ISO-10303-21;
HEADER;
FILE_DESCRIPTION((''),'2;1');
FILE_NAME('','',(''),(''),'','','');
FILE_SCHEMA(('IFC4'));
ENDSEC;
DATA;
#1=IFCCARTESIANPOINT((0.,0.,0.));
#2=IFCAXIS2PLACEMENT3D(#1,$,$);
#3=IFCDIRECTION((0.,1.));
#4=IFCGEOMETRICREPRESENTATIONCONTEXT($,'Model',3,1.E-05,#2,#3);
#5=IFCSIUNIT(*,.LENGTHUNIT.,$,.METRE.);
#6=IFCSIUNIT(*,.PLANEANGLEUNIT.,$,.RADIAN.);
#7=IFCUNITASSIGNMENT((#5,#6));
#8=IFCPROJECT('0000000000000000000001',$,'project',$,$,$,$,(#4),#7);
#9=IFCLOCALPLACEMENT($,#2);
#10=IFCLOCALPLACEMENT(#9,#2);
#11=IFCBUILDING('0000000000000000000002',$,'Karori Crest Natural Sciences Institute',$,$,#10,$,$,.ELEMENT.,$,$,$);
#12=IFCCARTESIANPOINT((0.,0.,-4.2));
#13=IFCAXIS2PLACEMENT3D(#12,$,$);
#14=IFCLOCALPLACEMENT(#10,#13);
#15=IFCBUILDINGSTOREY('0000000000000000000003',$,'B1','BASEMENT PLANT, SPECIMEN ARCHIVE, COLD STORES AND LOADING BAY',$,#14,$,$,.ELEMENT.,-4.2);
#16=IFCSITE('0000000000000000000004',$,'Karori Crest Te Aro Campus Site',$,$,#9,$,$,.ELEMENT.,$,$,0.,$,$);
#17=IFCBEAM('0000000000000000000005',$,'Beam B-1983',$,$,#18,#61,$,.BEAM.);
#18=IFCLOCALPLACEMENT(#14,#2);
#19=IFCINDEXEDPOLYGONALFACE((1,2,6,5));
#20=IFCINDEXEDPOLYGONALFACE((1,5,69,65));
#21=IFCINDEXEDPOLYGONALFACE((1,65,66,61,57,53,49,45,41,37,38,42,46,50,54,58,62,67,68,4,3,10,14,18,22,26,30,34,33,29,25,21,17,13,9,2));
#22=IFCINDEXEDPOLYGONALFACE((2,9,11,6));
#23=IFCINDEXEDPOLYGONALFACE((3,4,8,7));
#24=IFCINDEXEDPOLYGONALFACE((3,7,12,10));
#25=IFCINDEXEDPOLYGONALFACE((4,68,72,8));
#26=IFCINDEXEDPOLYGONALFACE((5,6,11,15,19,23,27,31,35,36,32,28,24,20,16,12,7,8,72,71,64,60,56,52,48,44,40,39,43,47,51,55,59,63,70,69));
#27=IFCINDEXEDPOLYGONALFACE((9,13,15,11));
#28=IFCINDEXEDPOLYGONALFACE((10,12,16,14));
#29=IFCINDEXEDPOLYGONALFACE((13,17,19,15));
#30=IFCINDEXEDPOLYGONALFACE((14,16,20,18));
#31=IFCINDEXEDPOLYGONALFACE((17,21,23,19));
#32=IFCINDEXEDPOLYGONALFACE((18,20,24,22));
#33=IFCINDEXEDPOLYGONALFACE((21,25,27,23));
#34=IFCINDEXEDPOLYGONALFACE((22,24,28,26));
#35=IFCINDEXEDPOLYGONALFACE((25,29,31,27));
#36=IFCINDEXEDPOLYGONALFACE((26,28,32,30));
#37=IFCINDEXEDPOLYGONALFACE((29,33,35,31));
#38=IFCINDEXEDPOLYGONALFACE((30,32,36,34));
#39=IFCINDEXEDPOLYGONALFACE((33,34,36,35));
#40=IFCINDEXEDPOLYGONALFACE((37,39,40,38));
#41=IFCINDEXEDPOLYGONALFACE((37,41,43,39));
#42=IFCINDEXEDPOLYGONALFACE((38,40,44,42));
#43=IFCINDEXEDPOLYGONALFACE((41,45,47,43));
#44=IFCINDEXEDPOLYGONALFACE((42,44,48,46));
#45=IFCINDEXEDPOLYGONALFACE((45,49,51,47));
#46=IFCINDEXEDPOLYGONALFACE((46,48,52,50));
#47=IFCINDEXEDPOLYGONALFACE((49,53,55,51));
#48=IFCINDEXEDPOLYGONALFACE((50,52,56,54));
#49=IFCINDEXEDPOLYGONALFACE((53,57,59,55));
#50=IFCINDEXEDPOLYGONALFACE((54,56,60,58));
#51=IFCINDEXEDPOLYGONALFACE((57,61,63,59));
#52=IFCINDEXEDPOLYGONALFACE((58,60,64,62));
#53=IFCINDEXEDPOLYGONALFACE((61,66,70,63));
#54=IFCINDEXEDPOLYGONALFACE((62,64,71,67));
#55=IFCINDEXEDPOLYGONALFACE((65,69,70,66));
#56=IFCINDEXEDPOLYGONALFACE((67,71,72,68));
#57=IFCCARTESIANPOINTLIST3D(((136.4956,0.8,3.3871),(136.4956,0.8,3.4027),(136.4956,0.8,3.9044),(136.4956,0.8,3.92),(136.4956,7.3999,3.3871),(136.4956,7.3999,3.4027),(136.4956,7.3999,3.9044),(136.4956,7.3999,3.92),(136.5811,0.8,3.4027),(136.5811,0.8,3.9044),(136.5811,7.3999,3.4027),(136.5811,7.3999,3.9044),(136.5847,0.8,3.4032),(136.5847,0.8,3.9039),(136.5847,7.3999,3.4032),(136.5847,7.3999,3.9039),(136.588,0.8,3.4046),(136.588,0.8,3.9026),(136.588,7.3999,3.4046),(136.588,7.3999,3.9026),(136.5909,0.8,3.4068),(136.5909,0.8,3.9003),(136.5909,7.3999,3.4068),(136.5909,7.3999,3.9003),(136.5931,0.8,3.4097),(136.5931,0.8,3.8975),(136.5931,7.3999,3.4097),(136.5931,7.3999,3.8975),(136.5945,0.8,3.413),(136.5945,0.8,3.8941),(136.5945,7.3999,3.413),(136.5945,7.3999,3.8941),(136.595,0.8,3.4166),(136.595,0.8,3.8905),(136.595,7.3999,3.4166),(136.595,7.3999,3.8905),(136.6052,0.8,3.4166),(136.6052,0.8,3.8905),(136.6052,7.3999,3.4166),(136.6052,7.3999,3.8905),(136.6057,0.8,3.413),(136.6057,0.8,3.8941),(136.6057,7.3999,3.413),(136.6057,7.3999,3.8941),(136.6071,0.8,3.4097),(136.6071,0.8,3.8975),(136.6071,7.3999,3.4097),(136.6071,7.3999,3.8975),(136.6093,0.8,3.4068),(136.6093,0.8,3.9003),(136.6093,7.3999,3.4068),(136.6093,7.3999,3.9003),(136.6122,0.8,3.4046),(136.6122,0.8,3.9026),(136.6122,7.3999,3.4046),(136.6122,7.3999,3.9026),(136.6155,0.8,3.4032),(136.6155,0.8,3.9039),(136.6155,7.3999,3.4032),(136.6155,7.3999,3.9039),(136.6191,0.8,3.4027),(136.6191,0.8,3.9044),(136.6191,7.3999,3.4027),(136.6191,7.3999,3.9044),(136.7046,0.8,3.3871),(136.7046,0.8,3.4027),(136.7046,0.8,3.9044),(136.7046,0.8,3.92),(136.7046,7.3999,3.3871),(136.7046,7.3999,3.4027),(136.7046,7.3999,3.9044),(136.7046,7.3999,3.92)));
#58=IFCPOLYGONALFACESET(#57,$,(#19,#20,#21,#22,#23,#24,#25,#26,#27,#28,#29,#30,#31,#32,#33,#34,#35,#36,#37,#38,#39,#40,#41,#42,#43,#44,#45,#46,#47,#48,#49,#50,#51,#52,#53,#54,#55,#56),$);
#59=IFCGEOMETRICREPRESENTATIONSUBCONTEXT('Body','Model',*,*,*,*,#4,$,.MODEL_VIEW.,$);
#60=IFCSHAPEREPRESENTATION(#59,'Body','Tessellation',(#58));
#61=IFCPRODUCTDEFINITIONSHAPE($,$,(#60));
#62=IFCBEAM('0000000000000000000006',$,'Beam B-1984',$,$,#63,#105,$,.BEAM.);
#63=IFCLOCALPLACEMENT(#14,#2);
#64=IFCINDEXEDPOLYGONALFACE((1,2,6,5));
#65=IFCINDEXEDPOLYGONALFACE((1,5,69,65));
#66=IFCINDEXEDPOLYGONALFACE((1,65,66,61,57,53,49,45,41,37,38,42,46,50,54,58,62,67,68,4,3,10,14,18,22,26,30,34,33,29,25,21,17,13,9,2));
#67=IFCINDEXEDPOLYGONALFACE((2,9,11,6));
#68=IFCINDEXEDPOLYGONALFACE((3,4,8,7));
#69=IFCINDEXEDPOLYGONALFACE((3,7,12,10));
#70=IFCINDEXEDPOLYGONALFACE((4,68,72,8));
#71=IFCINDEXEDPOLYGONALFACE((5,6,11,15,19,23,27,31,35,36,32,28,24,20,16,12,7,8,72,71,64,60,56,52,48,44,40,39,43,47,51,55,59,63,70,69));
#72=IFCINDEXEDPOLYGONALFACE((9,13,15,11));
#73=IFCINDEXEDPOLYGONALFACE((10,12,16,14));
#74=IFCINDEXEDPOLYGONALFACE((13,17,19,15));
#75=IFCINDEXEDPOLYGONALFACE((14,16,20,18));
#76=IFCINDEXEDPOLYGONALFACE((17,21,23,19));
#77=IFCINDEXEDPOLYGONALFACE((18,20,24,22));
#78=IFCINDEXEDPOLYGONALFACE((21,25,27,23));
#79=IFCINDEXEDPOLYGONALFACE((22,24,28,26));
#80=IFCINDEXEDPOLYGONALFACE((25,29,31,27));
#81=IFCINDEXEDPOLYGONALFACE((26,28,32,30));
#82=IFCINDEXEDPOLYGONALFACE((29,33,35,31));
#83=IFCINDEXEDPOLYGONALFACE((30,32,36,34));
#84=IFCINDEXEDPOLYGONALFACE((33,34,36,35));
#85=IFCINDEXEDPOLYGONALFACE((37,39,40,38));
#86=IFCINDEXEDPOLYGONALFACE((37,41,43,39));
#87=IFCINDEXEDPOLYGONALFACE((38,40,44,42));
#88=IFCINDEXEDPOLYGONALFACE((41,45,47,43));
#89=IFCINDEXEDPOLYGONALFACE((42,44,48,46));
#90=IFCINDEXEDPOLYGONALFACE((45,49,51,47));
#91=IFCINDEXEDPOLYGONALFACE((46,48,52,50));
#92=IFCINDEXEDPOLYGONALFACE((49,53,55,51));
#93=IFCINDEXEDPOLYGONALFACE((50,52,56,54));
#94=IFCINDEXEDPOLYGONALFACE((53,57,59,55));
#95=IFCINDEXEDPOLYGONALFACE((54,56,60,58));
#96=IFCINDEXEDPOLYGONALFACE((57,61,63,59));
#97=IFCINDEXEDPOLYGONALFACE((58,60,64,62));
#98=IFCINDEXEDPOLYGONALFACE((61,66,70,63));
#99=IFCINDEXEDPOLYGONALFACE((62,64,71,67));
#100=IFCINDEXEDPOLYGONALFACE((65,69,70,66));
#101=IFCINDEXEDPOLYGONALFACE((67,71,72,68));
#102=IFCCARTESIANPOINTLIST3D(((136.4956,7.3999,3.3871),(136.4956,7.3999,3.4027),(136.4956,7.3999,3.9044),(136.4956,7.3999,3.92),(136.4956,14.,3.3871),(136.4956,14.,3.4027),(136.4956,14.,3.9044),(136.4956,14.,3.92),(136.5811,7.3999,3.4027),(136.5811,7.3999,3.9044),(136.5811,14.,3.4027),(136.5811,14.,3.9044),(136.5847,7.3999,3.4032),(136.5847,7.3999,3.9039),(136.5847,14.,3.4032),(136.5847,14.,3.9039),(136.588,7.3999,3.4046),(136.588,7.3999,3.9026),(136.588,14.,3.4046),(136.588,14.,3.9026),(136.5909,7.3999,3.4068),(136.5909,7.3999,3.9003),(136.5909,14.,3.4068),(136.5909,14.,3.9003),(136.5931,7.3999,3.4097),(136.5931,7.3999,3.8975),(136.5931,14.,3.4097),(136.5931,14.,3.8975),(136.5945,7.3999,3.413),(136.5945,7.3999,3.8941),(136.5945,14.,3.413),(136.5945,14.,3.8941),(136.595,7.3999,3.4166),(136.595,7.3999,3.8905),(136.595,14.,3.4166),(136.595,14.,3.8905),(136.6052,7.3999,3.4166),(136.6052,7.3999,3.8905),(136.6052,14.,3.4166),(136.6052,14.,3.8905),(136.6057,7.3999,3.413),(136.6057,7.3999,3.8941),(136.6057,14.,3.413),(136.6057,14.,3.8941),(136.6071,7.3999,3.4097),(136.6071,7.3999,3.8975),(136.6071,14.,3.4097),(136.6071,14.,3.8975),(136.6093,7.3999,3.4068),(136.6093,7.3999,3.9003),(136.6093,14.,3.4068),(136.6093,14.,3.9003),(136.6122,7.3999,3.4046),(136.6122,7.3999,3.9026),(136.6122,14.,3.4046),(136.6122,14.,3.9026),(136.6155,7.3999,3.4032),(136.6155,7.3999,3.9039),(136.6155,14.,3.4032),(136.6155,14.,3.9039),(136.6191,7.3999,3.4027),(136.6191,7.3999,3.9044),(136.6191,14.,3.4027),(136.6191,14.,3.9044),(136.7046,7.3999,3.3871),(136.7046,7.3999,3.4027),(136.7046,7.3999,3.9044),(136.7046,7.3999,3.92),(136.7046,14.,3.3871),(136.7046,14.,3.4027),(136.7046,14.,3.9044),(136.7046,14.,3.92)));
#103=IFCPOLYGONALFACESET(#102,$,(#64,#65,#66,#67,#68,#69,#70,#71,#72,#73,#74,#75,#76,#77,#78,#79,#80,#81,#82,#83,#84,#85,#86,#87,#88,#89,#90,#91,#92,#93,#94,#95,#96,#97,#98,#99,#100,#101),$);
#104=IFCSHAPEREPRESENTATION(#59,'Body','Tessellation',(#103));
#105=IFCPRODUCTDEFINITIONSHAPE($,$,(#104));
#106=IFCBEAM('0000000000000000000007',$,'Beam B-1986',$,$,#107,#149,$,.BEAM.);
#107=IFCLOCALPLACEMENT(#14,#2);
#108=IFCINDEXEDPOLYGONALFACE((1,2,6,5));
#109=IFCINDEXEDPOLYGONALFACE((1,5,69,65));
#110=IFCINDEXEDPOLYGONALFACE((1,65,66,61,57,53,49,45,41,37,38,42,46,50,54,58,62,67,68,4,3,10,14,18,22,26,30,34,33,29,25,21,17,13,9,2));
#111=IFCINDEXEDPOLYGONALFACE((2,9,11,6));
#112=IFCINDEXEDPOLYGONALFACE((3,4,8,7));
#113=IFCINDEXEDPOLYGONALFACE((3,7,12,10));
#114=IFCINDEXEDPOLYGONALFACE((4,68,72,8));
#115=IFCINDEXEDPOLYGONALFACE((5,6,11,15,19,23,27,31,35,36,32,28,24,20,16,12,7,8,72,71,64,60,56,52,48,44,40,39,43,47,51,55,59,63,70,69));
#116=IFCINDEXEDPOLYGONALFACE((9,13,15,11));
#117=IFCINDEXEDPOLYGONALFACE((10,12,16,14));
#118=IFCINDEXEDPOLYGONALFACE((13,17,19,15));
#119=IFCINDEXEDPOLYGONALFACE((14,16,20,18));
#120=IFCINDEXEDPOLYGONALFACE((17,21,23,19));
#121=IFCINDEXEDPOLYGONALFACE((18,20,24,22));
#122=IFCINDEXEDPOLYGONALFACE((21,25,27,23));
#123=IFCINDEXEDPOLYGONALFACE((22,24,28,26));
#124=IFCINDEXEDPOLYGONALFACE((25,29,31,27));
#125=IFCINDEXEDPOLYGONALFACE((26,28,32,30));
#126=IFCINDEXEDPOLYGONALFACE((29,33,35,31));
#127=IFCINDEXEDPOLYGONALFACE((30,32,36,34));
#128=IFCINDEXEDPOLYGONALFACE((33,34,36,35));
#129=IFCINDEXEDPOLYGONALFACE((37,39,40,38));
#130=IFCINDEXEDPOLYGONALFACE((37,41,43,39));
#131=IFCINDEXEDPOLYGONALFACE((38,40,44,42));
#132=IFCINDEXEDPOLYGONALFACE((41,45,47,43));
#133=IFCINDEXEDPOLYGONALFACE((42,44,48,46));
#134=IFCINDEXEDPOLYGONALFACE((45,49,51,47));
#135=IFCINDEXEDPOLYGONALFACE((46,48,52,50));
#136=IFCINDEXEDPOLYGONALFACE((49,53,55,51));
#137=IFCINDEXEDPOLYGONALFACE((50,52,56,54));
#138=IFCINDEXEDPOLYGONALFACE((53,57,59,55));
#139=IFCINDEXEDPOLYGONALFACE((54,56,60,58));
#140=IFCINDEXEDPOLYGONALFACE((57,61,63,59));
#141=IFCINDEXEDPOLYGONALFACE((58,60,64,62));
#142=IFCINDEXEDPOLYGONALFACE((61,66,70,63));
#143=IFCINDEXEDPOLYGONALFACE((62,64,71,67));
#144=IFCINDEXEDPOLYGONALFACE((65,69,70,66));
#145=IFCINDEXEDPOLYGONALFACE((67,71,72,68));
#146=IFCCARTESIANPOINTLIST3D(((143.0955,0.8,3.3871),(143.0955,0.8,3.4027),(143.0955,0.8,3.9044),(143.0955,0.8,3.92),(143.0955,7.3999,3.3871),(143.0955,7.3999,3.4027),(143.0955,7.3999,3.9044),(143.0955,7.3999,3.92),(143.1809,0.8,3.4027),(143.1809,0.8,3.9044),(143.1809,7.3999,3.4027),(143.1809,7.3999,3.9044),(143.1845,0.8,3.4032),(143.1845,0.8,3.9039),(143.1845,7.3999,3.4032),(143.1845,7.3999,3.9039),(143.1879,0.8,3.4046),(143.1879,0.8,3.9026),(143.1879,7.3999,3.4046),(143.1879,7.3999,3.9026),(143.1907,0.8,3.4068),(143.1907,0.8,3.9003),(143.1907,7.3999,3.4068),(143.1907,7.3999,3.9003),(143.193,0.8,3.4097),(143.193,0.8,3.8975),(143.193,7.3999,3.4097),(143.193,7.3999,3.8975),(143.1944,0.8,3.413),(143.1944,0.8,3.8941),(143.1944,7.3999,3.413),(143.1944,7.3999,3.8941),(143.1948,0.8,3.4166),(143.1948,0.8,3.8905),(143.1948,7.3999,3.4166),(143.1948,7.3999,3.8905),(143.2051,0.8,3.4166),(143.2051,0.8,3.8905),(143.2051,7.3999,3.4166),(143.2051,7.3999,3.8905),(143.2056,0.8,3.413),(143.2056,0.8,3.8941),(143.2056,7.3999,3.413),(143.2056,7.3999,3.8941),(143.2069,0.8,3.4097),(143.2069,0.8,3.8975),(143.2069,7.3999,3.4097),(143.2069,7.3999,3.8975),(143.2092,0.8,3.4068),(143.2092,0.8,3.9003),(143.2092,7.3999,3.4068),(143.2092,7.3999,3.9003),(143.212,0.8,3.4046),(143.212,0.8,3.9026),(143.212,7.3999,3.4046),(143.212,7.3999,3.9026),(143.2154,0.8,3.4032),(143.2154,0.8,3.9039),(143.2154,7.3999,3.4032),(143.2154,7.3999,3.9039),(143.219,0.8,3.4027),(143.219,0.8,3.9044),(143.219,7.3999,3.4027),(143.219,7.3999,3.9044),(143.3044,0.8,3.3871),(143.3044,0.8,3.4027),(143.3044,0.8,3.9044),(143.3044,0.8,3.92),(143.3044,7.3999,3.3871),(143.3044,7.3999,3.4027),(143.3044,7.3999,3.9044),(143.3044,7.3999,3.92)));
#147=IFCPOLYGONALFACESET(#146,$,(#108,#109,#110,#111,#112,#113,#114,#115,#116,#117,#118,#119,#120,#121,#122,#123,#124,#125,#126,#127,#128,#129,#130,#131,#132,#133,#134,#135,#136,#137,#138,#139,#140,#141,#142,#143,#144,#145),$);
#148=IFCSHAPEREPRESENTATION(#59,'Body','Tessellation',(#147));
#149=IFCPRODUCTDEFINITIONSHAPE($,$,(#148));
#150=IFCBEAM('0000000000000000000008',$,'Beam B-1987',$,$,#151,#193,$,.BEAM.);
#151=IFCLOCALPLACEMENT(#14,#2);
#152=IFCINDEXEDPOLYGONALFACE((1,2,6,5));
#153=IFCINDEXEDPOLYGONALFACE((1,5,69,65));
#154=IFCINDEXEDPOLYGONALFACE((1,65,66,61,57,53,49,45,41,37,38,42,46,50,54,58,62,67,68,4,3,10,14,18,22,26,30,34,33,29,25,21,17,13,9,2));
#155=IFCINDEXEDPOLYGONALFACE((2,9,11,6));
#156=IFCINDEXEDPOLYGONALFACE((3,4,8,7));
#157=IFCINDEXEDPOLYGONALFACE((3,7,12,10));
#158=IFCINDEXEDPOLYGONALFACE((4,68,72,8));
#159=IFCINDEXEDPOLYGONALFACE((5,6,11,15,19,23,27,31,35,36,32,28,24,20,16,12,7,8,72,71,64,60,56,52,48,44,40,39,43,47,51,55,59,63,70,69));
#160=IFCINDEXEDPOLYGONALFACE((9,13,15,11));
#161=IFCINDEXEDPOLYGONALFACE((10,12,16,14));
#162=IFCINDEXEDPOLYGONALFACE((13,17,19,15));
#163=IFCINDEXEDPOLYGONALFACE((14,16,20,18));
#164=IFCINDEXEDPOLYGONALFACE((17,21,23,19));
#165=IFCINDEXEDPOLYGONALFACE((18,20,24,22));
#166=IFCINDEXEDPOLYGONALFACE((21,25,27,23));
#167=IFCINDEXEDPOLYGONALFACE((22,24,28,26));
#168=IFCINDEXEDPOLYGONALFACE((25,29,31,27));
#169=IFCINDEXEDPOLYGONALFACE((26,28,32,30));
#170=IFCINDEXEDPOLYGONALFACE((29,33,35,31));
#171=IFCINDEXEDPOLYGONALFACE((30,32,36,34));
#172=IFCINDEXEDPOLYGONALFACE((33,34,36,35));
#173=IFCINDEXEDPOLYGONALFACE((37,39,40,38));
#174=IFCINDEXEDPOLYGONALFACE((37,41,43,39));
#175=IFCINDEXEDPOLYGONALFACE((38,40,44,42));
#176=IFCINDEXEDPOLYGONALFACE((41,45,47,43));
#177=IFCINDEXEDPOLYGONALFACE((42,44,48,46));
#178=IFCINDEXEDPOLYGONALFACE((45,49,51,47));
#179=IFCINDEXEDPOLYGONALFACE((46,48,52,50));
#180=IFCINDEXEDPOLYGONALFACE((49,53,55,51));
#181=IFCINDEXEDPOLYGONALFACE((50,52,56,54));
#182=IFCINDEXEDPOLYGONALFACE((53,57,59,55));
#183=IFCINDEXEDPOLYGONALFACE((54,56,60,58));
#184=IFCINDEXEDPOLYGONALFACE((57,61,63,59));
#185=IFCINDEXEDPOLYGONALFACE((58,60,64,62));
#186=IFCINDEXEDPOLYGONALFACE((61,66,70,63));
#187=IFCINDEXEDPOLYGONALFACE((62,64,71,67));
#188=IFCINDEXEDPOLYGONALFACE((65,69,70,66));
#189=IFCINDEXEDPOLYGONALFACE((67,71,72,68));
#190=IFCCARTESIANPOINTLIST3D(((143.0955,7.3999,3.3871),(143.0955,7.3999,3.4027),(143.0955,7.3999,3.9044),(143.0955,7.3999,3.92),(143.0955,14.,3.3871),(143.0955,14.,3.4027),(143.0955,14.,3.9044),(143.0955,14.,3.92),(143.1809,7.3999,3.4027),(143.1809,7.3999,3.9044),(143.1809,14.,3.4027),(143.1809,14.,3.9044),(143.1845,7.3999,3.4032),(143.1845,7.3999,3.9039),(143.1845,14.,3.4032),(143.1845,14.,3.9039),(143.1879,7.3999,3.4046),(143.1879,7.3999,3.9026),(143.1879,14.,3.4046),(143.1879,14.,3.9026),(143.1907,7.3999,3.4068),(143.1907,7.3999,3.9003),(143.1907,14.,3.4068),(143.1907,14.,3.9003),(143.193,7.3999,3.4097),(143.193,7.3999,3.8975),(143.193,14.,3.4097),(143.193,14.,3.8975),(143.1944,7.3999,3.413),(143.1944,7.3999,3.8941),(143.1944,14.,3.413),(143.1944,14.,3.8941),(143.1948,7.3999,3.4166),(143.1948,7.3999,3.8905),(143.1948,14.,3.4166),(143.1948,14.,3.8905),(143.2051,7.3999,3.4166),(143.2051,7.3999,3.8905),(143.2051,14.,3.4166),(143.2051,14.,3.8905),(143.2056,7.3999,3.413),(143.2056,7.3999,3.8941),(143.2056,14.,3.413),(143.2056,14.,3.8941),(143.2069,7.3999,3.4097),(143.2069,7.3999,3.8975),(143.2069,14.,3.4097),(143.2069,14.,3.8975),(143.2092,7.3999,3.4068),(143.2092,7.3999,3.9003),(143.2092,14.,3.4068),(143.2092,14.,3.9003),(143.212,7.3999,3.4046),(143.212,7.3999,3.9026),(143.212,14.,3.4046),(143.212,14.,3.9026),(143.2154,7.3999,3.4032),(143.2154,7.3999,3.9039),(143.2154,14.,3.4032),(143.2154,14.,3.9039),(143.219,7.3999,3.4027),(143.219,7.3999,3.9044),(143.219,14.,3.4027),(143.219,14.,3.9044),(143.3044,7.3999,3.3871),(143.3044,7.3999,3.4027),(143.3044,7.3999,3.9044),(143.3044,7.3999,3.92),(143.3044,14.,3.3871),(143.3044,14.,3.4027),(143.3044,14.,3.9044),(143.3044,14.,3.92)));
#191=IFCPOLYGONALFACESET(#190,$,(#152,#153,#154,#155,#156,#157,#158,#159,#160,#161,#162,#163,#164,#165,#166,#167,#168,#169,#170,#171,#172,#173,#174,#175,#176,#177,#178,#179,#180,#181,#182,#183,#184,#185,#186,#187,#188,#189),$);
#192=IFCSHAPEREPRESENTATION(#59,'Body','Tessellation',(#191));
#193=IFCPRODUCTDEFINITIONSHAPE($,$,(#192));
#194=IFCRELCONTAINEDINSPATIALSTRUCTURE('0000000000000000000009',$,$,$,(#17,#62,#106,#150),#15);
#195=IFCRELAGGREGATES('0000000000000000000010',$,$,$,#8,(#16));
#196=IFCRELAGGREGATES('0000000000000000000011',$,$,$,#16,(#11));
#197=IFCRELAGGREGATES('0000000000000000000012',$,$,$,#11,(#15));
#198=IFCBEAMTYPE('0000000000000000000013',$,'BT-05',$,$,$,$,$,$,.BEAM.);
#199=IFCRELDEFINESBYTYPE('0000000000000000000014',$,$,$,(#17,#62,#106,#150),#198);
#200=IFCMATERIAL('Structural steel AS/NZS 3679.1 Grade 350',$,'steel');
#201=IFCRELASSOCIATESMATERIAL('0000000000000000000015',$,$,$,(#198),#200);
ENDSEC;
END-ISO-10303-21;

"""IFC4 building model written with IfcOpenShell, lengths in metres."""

from ifc_helpers import new_model, si_unit, direction, frame, origin, origin_2d, place, context, subcontext, project, spatial, i_section, extrude, material, material_profile, profile_set, type_object, element, save


model = new_model("IFC4")

# Units and contexts
model_context = context("Model", 3, precision=1e-05, world=origin(), true_north=direction((0.0, 1.0)))
body_context = subcontext(model_context, "Body", "Model", "MODEL_VIEW")
ifc_project = project(units=[si_unit("LENGTHUNIT", "METRE"), si_unit("PLANEANGLEUNIT", "RADIAN")], contexts=[model_context])

# Site, building, storey
site_placement = place(None, origin())
site = spatial("IfcSite", under=ifc_project, at=site_placement, Name="Karori Crest Te Aro Campus Site", CompositionType="ELEMENT", RefElevation=0.0)
building_placement = place(site_placement, origin())
building = spatial("IfcBuilding", under=site, at=building_placement, Name="Karori Crest Natural Sciences Institute", CompositionType="ELEMENT")
storey_placement = place(building_placement, frame((0.0, 0.0, -4.2)))
storey = spatial("IfcBuildingStorey", under=building, at=storey_placement, Name="B1", Description="BASEMENT PLANT, SPECIMEN ARCHIVE, COLD STORES AND LOADING BAY", CompositionType="ELEMENT", Elevation=-4.2)

# Shared definitions
ifc_material_1 = material(Name="Structural steel AS/NZS 3679.1 Grade 350", Category="steel")

# Beams
ifc_material_profile_1 = material_profile(ifc_material_1, i_section(OverallWidth=0.209, OverallDepth=0.533, WebThickness=0.0103, FlangeThickness=0.0156, FilletRadius=0.0139, at=origin_2d()), Name="530UB92.4")
ifc_profile_set_1 = profile_set([ifc_material_profile_1], Name="Structural steel AS/NZS 3679.1 Grade 350")
beam_type_1 = type_object("IfcBeamType", Name="BT-05", PredefinedType="BEAM", material=ifc_profile_set_1)
beam_1_placement = place(storey_placement, frame((136.6001, 0.8, 3.6536), z_axis=(0.0, 1.0, 0.0), x_axis=(-1.0, 0.0, 0.0)))
element("IfcBeam", 1, at=beam_1_placement, inside=storey, type_object=beam_type_1, Name="Beam B-1983", PredefinedType="BEAM", context=body_context, shape_type="SweptSolid", body=[
    extrude(i_section(OverallWidth=0.209, OverallDepth=0.533, WebThickness=0.0103, FlangeThickness=0.0156, FilletRadius=0.0139, at=origin_2d()), origin(), (0.0, 0.0, 1.0), 6.5999),
])
beam_2_placement = place(storey_placement, frame((136.6001, 7.3999, 3.6536), z_axis=(0.0, 1.0, 0.0), x_axis=(-1.0, 0.0, 0.0)))
element("IfcBeam", 2, at=beam_2_placement, inside=storey, type_object=beam_type_1, Name="Beam B-1984", PredefinedType="BEAM", context=body_context, shape_type="SweptSolid", body=[
    extrude(i_section(OverallWidth=0.209, OverallDepth=0.533, WebThickness=0.0103, FlangeThickness=0.0156, FilletRadius=0.0139, at=origin_2d()), origin(), (0.0, 0.0, 1.0), 6.6001),
])
beam_3_placement = place(storey_placement, frame((143.2, 0.8, 3.6536), z_axis=(0.0, 1.0, 0.0), x_axis=(-1.0, 0.0, 0.0)))
element("IfcBeam", 3, at=beam_3_placement, inside=storey, type_object=beam_type_1, Name="Beam B-1986", PredefinedType="BEAM", context=body_context, shape_type="SweptSolid", body=[
    extrude(i_section(OverallWidth=0.209, OverallDepth=0.533, WebThickness=0.0103, FlangeThickness=0.0156, FilletRadius=0.0139, at=origin_2d()), origin(), (0.0, 0.0, 1.0), 6.5999),
])
beam_4_placement = place(storey_placement, frame((143.2, 7.3999, 3.6536), z_axis=(0.0, 1.0, 0.0), x_axis=(-1.0, 0.0, 0.0)))
element("IfcBeam", 4, at=beam_4_placement, inside=storey, type_object=beam_type_1, Name="Beam B-1987", PredefinedType="BEAM", context=body_context, shape_type="SweptSolid", body=[
    extrude(i_section(OverallWidth=0.209, OverallDepth=0.533, WebThickness=0.0103, FlangeThickness=0.0156, FilletRadius=0.0139, at=origin_2d()), origin(), (0.0, 0.0, 1.0), 6.6001),
])

save(model, "model.ifc")
